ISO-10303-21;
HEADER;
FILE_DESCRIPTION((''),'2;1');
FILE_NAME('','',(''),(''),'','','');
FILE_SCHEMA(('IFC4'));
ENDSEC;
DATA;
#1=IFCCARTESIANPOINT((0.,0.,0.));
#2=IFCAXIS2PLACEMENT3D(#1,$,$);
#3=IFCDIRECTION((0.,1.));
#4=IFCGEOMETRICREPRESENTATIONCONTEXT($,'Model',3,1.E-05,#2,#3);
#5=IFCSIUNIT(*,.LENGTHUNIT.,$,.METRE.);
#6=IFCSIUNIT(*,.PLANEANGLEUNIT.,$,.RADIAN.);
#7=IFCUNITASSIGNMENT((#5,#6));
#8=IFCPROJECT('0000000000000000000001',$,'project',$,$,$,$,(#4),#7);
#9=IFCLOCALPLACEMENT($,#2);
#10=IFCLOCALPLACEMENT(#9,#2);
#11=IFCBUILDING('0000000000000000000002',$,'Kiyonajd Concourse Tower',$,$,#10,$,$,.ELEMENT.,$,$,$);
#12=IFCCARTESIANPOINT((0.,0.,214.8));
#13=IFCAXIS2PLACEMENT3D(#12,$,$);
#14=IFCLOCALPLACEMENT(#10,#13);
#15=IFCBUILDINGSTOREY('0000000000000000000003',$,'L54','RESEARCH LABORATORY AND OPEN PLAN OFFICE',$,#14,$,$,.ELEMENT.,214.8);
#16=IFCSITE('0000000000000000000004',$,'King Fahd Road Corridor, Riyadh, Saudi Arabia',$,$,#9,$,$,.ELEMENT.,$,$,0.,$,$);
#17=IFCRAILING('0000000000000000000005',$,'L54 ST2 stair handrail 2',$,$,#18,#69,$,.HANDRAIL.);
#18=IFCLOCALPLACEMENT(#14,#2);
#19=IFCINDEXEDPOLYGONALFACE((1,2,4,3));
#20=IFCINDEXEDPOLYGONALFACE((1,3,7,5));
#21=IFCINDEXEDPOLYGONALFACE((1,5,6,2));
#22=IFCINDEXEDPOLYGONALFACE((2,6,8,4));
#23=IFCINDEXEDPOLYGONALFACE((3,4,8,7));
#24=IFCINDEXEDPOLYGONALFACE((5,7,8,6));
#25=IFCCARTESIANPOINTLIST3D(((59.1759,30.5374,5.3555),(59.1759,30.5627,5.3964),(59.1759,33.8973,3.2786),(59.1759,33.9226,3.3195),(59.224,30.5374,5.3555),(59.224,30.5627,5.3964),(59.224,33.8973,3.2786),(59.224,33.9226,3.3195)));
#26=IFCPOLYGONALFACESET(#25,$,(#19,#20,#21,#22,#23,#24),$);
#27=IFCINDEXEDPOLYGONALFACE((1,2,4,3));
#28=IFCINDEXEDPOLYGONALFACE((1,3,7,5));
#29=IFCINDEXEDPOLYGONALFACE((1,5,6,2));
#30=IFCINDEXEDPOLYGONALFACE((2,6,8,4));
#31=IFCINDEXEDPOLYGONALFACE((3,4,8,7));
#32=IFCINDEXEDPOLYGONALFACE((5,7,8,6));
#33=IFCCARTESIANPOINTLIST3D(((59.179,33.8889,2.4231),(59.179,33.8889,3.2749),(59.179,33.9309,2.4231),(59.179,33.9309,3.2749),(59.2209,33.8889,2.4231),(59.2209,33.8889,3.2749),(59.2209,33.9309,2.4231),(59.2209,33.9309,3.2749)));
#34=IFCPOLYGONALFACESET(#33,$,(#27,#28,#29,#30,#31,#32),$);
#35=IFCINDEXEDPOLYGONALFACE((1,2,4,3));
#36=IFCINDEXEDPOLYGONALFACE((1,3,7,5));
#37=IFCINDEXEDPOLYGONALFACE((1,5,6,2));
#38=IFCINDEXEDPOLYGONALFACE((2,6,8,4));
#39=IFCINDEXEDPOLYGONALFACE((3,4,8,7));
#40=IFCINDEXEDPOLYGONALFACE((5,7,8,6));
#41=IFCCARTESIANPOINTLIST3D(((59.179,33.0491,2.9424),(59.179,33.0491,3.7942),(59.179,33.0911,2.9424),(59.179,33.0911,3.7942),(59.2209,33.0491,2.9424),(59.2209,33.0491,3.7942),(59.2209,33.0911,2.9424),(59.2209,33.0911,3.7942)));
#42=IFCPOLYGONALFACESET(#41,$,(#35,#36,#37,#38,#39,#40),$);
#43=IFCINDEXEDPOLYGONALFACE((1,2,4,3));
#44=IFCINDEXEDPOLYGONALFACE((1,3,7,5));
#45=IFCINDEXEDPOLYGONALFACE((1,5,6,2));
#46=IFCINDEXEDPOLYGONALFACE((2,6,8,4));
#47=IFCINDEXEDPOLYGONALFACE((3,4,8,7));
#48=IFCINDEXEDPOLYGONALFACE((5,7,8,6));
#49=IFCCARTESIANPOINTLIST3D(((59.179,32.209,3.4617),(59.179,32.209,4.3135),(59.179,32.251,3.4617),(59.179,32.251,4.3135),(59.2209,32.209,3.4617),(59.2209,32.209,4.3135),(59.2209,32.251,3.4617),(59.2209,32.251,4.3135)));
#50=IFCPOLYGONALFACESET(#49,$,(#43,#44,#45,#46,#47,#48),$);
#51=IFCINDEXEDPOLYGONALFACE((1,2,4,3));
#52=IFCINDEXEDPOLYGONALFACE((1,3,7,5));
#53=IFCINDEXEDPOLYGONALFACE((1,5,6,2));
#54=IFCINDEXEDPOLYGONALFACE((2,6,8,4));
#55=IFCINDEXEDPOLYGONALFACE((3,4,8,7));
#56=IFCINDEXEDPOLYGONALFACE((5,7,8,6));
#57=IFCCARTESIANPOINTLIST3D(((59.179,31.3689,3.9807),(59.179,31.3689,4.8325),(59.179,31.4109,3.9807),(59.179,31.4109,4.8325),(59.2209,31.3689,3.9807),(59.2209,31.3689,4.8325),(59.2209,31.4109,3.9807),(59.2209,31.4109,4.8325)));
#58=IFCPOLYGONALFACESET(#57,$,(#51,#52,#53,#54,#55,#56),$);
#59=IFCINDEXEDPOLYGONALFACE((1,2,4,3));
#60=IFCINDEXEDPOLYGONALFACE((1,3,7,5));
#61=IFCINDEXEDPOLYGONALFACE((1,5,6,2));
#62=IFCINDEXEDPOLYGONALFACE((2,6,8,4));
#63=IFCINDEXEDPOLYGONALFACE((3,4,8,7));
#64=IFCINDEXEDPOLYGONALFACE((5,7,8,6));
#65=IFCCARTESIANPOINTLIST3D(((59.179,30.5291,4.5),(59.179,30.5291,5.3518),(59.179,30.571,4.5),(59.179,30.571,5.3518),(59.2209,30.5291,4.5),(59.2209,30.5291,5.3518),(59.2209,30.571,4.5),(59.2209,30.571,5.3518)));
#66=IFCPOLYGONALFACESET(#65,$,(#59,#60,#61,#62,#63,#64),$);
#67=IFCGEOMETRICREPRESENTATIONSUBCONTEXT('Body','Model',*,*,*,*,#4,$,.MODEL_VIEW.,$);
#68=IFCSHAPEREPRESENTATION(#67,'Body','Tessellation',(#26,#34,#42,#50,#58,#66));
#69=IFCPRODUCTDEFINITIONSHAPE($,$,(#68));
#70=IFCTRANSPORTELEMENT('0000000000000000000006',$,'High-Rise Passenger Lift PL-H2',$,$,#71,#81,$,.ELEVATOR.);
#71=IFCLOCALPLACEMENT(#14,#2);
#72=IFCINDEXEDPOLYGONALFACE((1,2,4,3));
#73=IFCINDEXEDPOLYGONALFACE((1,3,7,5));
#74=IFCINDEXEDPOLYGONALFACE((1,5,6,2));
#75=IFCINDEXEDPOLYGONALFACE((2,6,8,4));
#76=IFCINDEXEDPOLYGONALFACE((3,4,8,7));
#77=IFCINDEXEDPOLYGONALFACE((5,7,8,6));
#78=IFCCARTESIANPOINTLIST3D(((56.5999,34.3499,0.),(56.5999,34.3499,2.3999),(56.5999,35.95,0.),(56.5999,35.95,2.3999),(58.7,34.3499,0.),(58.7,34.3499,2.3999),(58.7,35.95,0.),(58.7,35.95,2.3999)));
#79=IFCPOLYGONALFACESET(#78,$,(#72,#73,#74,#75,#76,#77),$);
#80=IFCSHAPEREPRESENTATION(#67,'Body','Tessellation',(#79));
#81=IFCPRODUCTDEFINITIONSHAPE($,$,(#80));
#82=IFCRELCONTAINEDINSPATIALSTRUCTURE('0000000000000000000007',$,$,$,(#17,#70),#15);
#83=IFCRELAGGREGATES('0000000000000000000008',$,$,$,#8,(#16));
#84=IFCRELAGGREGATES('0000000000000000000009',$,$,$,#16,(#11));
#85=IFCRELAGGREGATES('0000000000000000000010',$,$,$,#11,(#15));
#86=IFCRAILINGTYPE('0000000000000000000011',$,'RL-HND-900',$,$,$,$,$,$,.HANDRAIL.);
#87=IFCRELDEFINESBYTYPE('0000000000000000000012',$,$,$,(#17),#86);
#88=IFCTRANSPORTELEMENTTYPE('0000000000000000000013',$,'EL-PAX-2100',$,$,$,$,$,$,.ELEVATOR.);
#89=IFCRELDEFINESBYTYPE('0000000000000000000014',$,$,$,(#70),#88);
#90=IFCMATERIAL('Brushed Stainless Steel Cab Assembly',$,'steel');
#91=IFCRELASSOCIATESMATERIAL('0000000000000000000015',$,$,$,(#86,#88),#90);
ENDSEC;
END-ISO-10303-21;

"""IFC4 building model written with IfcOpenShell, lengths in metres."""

from ifc_helpers import new_model, si_unit, direction, frame, origin, origin_2d, place, context, subcontext, project, spatial, rectangle, extrude, material, type_object, element, save


model = new_model("IFC4")

# Units and contexts
model_context = context("Model", 3, precision=1e-05, world=origin(), true_north=direction((0.0, 1.0)))
body_context = subcontext(model_context, "Body", "Model", "MODEL_VIEW")
ifc_project = project(units=[si_unit("LENGTHUNIT", "METRE"), si_unit("PLANEANGLEUNIT", "RADIAN")], contexts=[model_context])

# Site, building, storey
site_placement = place(None, origin())
site = spatial("IfcSite", under=ifc_project, at=site_placement, Name="King Fahd Road Corridor, Riyadh, Saudi Arabia", CompositionType="ELEMENT", RefElevation=0.0)
building_placement = place(site_placement, origin())
building = spatial("IfcBuilding", under=site, at=building_placement, Name="Kiyonajd Concourse Tower", CompositionType="ELEMENT")
storey_placement = place(building_placement, frame((0.0, 0.0, 214.8)))
storey = spatial("IfcBuildingStorey", under=building, at=storey_placement, Name="L54", Description="RESEARCH LABORATORY AND OPEN PLAN OFFICE", CompositionType="ELEMENT", Elevation=214.8)

# Shared definitions
ifc_material_1 = material(Name="Brushed Stainless Steel Cab Assembly", Category="steel")

# Railing
railing_type_1 = type_object("IfcRailingType", Name="RL-HND-900", PredefinedType="HANDRAIL", material=ifc_material_1)
railing_1_placement = place(storey_placement, frame((59.2, 33.9099, 2.4231)))
element("IfcRailing", 1, at=railing_1_placement, inside=storey, type_object=railing_type_1, Name="L54 ST2 stair handrail 2", PredefinedType="HANDRAIL", context=body_context, shape_type="SweptSolid", body=[
    extrude(rectangle(XDim=0.0481, YDim=0.0481, at=origin_2d()), frame((0.0, 0.0, 0.876), z_axis=(0.0, -0.850606, 0.525803), x_axis=(1.0, 0.0, 0.0)), (0.0, 0.0, 1.0), 3.95),
    extrude(rectangle(XDim=0.042, YDim=0.042, at=origin_2d()), origin(), (0.0, 0.0, 1.0), 0.8518),
    extrude(rectangle(XDim=0.042, YDim=0.042, at=origin_2d()), frame((0.0, -0.8398, 0.5193)), (0.0, 0.0, 1.0), 0.8518),
    extrude(rectangle(XDim=0.042, YDim=0.042, at=origin_2d()), frame((0.0, -1.6799, 1.0386)), (0.0, 0.0, 1.0), 0.8518),
    extrude(rectangle(XDim=0.042, YDim=0.042, at=origin_2d()), frame((0.0, -2.52, 1.5576)), (0.0, 0.0, 1.0), 0.8518),
    extrude(rectangle(XDim=0.042, YDim=0.042, at=origin_2d()), frame((0.0, -3.3599, 2.0769)), (0.0, 0.0, 1.0), 0.8518),
])

# Transport element
transport_element_type = type_object("IfcTransportElementType", Name="EL-PAX-2100", PredefinedType="ELEVATOR", material=ifc_material_1)
transport_element_placement = place(storey_placement, frame((57.6499, 35.1499, 0.0), z_axis=(0.0, 0.0, 1.0), x_axis=(1.0, 0.0, 0.0)))
element("IfcTransportElement", 2, at=transport_element_placement, inside=storey, type_object=transport_element_type, Name="High-Rise Passenger Lift PL-H2", PredefinedType="ELEVATOR", context=body_context, shape_type="SweptSolid", body=[
    extrude(rectangle(XDim=2.1001, YDim=1.6001, at=origin_2d()), origin(), (0.0, 0.0, 1.0), 2.3999),
])

save(model, "model.ifc")
